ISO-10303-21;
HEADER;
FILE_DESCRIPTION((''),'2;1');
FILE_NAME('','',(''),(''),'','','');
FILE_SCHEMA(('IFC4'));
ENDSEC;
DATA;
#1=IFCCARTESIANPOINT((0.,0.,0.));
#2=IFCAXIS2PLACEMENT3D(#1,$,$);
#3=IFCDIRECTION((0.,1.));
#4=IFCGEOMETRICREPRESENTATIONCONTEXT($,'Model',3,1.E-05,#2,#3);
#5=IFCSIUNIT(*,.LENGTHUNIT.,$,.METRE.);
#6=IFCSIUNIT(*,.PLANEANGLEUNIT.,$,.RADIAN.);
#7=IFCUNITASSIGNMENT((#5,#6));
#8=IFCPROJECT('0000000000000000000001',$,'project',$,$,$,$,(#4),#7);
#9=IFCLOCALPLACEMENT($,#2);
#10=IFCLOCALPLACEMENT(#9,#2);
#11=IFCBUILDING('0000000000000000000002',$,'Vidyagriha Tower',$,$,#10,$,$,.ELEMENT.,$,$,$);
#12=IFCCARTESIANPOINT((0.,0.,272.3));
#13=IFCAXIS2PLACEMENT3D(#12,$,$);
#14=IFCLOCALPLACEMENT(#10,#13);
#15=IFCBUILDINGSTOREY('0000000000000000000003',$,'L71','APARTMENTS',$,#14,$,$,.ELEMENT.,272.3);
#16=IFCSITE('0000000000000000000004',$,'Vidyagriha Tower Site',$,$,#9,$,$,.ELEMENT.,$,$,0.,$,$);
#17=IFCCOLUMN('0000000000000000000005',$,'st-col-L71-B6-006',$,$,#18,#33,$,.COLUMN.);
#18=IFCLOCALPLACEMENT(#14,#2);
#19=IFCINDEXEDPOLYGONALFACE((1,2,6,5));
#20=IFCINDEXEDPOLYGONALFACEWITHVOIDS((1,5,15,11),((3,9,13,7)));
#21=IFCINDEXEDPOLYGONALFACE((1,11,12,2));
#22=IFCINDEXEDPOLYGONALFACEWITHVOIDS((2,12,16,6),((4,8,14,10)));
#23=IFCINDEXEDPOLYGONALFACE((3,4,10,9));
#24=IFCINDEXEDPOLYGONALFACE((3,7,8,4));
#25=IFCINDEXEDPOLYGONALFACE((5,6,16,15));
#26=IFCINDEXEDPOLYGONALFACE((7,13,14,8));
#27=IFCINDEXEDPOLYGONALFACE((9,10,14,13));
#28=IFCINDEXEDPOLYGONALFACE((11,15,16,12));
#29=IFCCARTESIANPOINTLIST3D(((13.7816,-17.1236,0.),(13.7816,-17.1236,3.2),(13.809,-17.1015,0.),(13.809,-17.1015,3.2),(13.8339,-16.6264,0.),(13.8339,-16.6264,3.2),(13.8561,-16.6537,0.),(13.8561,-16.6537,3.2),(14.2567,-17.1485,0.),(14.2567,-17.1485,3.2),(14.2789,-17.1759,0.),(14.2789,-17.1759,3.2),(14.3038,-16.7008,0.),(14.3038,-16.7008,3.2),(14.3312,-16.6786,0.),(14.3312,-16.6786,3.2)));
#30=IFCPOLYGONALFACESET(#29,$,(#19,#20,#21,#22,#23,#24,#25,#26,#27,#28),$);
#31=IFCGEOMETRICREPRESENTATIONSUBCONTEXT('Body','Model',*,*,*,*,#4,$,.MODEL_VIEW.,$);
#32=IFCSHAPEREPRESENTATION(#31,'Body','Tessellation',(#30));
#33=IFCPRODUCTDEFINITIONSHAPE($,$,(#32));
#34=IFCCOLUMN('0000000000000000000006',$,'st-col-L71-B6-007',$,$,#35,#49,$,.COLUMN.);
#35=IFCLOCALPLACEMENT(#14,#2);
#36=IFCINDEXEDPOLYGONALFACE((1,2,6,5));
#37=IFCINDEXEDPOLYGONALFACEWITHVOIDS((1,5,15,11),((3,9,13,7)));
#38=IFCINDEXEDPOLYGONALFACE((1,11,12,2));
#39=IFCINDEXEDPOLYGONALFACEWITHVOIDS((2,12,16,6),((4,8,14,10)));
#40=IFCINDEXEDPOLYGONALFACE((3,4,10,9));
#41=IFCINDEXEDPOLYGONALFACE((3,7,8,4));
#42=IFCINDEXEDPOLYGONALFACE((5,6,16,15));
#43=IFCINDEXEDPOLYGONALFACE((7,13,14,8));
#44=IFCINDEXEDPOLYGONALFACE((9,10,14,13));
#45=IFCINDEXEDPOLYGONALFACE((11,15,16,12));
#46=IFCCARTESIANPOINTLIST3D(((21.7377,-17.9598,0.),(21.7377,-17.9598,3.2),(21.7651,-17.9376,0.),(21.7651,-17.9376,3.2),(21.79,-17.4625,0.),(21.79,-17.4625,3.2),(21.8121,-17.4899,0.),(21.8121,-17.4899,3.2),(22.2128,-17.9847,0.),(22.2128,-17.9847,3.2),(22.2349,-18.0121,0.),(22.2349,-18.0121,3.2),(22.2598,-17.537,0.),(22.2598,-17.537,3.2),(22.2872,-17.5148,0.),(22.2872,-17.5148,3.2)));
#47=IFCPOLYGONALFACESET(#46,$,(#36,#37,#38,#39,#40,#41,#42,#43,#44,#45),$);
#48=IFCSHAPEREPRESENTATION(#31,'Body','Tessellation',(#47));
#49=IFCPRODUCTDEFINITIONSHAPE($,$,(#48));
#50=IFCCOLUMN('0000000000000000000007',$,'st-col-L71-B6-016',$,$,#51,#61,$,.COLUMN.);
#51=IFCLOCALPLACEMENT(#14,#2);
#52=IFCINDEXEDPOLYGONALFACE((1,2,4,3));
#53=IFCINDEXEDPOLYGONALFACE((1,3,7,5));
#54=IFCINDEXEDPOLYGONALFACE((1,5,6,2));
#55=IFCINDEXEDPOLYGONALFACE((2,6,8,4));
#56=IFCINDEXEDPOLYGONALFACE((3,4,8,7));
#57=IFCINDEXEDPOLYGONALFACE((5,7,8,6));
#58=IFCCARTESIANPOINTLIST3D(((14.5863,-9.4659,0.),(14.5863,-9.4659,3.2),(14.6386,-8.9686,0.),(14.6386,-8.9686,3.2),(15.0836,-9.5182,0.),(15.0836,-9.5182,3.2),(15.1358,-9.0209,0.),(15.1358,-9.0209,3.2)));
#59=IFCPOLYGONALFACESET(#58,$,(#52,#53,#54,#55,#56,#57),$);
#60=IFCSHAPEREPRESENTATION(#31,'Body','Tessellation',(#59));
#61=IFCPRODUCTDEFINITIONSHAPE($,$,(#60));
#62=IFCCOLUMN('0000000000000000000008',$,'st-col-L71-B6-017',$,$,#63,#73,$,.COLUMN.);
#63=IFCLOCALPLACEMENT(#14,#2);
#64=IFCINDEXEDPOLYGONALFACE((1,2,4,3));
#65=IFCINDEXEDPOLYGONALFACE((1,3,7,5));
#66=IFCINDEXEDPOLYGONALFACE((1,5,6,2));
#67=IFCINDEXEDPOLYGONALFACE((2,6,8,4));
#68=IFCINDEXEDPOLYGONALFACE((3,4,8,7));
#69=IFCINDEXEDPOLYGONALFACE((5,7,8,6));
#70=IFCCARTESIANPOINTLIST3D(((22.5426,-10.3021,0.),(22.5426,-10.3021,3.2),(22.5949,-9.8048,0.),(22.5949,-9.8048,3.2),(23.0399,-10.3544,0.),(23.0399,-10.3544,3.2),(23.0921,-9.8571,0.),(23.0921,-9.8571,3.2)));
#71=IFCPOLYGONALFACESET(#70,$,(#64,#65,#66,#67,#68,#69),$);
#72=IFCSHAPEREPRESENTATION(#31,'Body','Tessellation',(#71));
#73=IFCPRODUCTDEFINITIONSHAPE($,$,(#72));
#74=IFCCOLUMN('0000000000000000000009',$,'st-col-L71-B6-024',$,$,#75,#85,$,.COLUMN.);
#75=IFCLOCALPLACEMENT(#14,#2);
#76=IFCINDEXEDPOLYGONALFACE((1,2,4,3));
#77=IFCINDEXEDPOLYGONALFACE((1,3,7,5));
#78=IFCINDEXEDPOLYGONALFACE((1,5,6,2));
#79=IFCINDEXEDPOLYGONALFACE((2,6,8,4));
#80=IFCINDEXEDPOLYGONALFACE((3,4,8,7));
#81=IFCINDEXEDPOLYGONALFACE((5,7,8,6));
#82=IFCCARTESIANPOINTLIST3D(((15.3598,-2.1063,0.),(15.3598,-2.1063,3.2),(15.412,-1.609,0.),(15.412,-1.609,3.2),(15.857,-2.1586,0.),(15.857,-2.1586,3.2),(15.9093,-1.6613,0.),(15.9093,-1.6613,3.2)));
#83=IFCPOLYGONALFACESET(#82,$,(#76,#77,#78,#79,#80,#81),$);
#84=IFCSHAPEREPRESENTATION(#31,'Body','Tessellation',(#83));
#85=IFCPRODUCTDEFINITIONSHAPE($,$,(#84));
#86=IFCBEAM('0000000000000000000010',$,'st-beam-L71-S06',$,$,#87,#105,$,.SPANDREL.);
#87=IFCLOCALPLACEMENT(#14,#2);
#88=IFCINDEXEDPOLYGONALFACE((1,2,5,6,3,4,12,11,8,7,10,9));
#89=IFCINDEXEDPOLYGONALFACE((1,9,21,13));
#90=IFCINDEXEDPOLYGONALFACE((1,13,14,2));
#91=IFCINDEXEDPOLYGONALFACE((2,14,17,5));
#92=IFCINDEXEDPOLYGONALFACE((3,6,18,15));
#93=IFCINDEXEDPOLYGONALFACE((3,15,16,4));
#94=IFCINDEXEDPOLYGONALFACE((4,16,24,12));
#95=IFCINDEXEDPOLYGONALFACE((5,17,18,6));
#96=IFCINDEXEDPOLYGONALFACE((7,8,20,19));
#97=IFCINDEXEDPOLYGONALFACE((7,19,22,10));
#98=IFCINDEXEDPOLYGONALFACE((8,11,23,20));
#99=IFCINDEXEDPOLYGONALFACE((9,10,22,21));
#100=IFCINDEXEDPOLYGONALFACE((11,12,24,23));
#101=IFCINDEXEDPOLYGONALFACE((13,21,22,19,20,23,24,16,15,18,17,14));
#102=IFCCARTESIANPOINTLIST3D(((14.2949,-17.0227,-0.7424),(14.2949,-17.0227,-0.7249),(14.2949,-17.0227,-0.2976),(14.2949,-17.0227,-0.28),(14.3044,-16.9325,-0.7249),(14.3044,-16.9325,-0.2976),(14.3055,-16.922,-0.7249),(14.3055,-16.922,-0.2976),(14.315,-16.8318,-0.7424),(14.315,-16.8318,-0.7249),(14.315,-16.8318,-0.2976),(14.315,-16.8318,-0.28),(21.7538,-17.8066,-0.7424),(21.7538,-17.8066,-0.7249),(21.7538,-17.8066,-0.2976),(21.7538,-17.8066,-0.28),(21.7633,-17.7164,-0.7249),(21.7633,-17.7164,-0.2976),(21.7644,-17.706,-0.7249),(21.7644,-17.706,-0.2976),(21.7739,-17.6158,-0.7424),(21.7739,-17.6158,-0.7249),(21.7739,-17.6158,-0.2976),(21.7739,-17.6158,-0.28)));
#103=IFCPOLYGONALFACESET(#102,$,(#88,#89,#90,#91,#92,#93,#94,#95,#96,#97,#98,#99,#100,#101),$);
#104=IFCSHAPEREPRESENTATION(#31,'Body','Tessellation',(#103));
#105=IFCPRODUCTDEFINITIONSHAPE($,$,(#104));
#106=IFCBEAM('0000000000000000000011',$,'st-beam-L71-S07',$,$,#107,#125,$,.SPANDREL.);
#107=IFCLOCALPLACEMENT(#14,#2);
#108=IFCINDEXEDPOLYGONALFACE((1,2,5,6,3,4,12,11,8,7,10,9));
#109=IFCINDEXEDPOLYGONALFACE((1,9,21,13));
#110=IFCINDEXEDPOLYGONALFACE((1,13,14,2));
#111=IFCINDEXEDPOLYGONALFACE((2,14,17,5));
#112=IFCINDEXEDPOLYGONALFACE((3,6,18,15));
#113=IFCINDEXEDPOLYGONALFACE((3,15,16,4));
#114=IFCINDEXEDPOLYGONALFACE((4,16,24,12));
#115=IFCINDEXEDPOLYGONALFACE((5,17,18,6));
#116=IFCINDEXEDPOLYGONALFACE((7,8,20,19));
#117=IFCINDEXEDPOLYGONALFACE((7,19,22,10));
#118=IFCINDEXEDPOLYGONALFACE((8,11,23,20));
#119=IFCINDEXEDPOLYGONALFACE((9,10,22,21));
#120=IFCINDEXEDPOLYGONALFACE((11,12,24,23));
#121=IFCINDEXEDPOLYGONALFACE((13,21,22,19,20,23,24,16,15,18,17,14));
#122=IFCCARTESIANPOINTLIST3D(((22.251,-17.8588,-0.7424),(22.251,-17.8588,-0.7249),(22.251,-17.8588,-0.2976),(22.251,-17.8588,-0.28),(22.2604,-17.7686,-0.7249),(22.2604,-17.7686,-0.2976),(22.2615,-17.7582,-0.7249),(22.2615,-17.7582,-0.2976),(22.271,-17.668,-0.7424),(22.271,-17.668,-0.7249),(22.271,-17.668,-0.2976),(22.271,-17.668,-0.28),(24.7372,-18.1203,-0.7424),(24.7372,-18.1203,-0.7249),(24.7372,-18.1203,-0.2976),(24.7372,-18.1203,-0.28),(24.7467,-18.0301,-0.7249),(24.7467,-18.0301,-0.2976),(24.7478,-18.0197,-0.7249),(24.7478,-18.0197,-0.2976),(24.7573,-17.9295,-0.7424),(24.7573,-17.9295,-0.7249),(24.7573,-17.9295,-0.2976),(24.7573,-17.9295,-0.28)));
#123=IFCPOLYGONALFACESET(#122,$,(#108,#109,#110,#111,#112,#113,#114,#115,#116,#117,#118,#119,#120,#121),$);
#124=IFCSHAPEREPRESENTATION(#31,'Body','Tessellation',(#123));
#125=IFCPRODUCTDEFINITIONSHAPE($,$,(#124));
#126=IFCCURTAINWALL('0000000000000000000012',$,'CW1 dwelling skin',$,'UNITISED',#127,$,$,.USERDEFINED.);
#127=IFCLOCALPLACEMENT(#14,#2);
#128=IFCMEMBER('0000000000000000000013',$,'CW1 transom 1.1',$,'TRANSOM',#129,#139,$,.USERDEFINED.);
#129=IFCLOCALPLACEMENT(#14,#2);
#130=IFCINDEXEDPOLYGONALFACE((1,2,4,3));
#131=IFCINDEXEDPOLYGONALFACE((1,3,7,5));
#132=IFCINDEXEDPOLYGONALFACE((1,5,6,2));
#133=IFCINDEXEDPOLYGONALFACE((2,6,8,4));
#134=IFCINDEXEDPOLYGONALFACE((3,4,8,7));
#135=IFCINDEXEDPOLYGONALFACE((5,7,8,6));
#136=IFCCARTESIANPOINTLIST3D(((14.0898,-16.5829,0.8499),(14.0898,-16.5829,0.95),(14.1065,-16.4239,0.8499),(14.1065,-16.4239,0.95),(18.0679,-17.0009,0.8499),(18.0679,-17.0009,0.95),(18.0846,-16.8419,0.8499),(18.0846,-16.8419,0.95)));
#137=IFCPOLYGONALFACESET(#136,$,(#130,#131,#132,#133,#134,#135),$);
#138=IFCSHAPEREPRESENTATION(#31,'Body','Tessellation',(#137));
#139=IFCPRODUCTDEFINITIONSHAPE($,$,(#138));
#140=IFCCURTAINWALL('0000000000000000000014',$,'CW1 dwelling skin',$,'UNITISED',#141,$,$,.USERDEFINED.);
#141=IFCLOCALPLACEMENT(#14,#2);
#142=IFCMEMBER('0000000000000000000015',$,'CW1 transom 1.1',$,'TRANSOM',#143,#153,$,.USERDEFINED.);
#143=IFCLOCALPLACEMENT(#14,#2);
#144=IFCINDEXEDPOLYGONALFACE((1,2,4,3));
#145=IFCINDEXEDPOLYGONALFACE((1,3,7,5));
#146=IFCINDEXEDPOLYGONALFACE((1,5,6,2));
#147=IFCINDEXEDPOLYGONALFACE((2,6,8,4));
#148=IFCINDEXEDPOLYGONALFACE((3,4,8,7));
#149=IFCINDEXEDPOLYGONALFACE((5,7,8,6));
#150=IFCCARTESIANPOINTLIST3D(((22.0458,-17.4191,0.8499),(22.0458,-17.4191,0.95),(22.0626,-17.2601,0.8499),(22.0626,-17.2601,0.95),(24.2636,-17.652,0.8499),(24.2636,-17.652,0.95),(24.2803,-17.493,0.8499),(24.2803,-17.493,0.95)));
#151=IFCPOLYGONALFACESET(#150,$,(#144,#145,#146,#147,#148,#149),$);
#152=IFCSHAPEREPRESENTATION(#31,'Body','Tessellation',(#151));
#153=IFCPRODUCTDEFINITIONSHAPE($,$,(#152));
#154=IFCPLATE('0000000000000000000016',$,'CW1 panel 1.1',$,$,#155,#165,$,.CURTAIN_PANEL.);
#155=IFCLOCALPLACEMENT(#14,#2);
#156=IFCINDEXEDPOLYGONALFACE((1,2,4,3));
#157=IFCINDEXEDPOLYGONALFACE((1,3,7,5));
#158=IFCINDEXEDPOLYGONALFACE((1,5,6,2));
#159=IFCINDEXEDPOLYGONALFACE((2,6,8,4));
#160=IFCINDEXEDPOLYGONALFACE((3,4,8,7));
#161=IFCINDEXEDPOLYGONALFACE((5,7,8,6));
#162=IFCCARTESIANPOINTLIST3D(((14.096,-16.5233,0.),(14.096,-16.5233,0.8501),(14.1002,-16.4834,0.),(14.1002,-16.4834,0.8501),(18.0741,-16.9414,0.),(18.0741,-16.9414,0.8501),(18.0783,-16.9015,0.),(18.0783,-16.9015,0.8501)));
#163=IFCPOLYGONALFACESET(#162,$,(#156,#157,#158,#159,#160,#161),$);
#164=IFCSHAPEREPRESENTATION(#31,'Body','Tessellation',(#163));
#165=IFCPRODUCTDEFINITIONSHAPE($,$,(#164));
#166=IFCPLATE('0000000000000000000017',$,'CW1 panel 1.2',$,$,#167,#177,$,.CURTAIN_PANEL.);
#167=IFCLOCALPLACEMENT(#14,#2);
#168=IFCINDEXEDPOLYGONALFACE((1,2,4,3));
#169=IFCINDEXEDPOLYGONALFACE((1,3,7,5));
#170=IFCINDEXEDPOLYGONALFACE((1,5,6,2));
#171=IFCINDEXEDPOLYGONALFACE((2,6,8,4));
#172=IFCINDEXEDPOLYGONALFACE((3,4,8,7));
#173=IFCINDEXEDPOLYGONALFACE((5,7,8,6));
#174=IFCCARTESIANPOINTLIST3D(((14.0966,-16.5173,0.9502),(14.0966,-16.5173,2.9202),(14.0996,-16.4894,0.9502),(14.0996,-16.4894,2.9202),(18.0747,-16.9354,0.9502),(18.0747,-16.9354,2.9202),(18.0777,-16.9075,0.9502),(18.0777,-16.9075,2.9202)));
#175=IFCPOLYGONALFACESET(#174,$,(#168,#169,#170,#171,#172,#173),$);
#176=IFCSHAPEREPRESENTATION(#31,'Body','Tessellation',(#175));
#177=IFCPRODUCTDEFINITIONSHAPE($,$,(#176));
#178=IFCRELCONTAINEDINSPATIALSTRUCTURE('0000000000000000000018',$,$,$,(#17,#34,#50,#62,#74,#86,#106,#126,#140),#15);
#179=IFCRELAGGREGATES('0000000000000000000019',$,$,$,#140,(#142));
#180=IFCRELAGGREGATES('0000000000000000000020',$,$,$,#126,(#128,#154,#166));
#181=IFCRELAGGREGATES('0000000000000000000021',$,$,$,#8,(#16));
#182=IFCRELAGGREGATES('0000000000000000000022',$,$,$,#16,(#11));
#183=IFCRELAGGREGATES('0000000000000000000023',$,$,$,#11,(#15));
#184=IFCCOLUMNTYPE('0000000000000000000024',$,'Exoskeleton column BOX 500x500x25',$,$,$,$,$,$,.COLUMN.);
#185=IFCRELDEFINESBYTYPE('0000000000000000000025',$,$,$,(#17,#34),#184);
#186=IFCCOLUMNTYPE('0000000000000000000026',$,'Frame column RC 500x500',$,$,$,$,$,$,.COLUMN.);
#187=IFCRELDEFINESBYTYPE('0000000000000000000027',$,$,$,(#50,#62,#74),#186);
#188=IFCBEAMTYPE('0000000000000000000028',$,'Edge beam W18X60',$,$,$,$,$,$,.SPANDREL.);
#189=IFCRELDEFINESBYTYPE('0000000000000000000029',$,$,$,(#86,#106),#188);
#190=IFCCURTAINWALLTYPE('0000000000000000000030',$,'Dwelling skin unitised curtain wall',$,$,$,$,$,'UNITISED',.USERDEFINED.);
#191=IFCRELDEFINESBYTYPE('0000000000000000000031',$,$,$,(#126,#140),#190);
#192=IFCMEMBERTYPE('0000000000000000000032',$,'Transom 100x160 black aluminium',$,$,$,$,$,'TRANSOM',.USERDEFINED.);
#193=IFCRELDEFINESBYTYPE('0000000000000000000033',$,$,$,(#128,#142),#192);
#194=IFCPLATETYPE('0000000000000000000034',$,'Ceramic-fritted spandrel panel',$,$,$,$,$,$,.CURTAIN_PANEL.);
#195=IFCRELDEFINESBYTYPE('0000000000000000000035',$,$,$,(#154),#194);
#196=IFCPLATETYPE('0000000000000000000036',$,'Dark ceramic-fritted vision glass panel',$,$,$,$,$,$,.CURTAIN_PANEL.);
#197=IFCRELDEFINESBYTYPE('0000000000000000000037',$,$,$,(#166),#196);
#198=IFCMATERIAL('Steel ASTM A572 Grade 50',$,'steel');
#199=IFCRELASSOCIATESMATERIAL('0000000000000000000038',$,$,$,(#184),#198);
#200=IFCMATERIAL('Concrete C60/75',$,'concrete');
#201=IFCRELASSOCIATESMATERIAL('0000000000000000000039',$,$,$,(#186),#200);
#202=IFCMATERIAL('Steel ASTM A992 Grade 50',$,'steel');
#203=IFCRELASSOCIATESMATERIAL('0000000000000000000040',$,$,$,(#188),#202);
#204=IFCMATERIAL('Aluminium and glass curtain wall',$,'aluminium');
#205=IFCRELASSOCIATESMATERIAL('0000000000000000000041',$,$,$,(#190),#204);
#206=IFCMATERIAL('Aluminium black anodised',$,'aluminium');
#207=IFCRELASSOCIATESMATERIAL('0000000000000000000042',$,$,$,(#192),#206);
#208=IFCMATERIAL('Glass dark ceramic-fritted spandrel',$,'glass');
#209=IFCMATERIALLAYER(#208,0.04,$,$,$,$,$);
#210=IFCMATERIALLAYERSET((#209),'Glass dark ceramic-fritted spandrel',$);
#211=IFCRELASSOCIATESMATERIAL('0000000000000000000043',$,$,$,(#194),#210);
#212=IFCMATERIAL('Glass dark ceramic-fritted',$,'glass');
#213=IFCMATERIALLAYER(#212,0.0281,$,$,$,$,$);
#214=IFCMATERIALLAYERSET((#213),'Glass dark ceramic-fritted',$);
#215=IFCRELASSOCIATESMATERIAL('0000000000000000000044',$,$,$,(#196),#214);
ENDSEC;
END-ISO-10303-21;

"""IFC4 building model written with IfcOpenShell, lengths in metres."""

from ifc_helpers import new_model, si_unit, direction, frame, origin, origin_2d, place, context, subcontext, project, spatial, rectangle, hollow_rectangle, i_section, extrude, material, layer, layer_set, material_profile, profile_set, type_object, element, aggregate, save


model = new_model("IFC4")

# Units and contexts
model_context = context("Model", 3, precision=1e-05, world=origin(), true_north=direction((0.0, 1.0)))
body_context = subcontext(model_context, "Body", "Model", "MODEL_VIEW")
ifc_project = project(units=[si_unit("LENGTHUNIT", "METRE"), si_unit("PLANEANGLEUNIT", "RADIAN")], contexts=[model_context])

# Site, building, storey
site_placement = place(None, origin())
site = spatial("IfcSite", under=ifc_project, at=site_placement, Name="Vidyagriha Tower Site", CompositionType="ELEMENT", RefElevation=0.0)
building_placement = place(site_placement, origin())
building = spatial("IfcBuilding", under=site, at=building_placement, Name="Vidyagriha Tower", CompositionType="ELEMENT")
storey_placement = place(building_placement, frame((0.0, 0.0, 272.3)))
storey = spatial("IfcBuildingStorey", under=building, at=storey_placement, Name="L71", Description="APARTMENTS", CompositionType="ELEMENT", Elevation=272.3)

# Columns
ifc_material_1 = material(Name="Steel ASTM A572 Grade 50", Category="steel")
ifc_material_profile_1 = material_profile(ifc_material_1, hollow_rectangle(XDim=0.5, YDim=0.5, WallThickness=0.0249, at=origin_2d()), Name="BOX 500x500x25")
ifc_profile_set_1 = profile_set([ifc_material_profile_1], Name="Steel ASTM A572 Grade 50")
column_type_1 = type_object("IfcColumnType", Name="Exoskeleton column BOX 500x500x25", PredefinedType="COLUMN", material=ifc_profile_set_1)
for number, where, z_axis, x_axis, name in (
    (1, (14.0564, -16.9011, 0.0), (0.0, 0.0, 1.0), (0.994522, -0.104528, 0.0), "st-col-L71-B6-006"),
    (2, (22.0125, -17.7373, 0.0), (0.0, 0.0, 1.0), (0.994522, -0.104528, 0.0), "st-col-L71-B6-007"),
):
    element("IfcColumn", number, at=place(storey_placement, frame(where, z_axis=z_axis, x_axis=x_axis)), inside=storey, type_object=column_type_1, Name=name, PredefinedType="COLUMN", context=body_context, shape_type="SweptSolid", body=[
        extrude(hollow_rectangle(XDim=0.5, YDim=0.5, WallThickness=0.0249, at=origin_2d()), origin(), (0.0, 0.0, 1.0), 3.2),
    ])
ifc_material_2 = material(Name="Concrete C60/75", Category="concrete")
ifc_material_profile_2 = material_profile(ifc_material_2, rectangle(XDim=0.5, YDim=0.5, at=origin_2d()), Name="RC 500x500")
ifc_profile_set_2 = profile_set([ifc_material_profile_2], Name="Concrete C60/75")
column_type_2 = type_object("IfcColumnType", Name="Frame column RC 500x500", PredefinedType="COLUMN", material=ifc_profile_set_2)
for number, where, z_axis, x_axis, name in (
    (3, (14.8611, -9.2434, 0.0), (0.0, 0.0, 1.0), (0.994522, -0.104528, 0.0), "st-col-L71-B6-016"),
    (4, (22.8174, -10.0796, 0.0), (0.0, 0.0, 1.0), (0.994522, -0.104528, 0.0), "st-col-L71-B6-017"),
    (5, (15.6345, -1.8838, 0.0), (0.0, 0.0, 1.0), (0.994522, -0.104528, 0.0), "st-col-L71-B6-024"),
):
    element("IfcColumn", number, at=place(storey_placement, frame(where, z_axis=z_axis, x_axis=x_axis)), inside=storey, type_object=column_type_2, Name=name, PredefinedType="COLUMN", context=body_context, shape_type="SweptSolid", body=[
        extrude(rectangle(XDim=0.5, YDim=0.5, at=origin_2d()), origin(), (0.0, 0.0, 1.0), 3.2),
    ])

# Beams
ifc_material_3 = material(Name="Steel ASTM A992 Grade 50", Category="steel")
ifc_material_profile_3 = material_profile(ifc_material_3, i_section(OverallWidth=0.1919, OverallDepth=0.4624, WebThickness=0.0105, FlangeThickness=0.0176, at=origin_2d()), Name="W18X60")
ifc_profile_set_3 = profile_set([ifc_material_profile_3], Name="Steel ASTM A992 Grade 50")
beam_type = type_object("IfcBeamType", Name="Edge beam W18X60", PredefinedType="SPANDREL", material=ifc_profile_set_3)
beam_1_placement = place(storey_placement, frame((14.3049, -16.9272, -0.5112), z_axis=(0.994522, -0.104524, 0.0), x_axis=(0.104524, 0.994522, 0.0)))
element("IfcBeam", 6, at=beam_1_placement, inside=storey, type_object=beam_type, Name="st-beam-L71-S06", PredefinedType="SPANDREL", context=body_context, shape_type="SweptSolid", body=[
    extrude(i_section(OverallWidth=0.1919, OverallDepth=0.4624, WebThickness=0.0105, FlangeThickness=0.0176, at=origin_2d()), origin(), (0.0, 0.0, 1.0), 7.5),
])
beam_2_placement = place(storey_placement, frame((22.261, -17.7634, -0.5112), z_axis=(0.994516, -0.104588, 0.0), x_axis=(0.104588, 0.994516, 0.0)))
element("IfcBeam", 7, at=beam_2_placement, inside=storey, type_object=beam_type, Name="st-beam-L71-S07", PredefinedType="SPANDREL", context=body_context, shape_type="SweptSolid", body=[
    extrude(i_section(OverallWidth=0.1919, OverallDepth=0.4624, WebThickness=0.0105, FlangeThickness=0.0176, at=origin_2d()), origin(), (0.0, 0.0, 1.0), 2.5),
])

# Curtain walls, members
ifc_material_4 = material(Name="Aluminium and glass curtain wall", Category="aluminium")
curtain_wall_type = type_object("IfcCurtainWallType", Name="Dwelling skin unitised curtain wall", ElementType="UNITISED", PredefinedType="USERDEFINED", material=ifc_material_4)
curtain_wall_1_placement = place(storey_placement, origin())
curtain_wall_1 = element("IfcCurtainWall", 8, at=curtain_wall_1_placement, inside=storey, type_object=curtain_wall_type, Name="CW1 dwelling skin", ObjectType="UNITISED", PredefinedType="USERDEFINED")
ifc_material_5 = material(Name="Aluminium black anodised", Category="aluminium")
ifc_material_profile_4 = material_profile(ifc_material_5, rectangle(XDim=0.1599, YDim=0.1001, at=origin_2d()), Name="Transom 100x160 black aluminium")
ifc_profile_set_4 = profile_set([ifc_material_profile_4], Name="Aluminium black anodised")
member_type = type_object("IfcMemberType", Name="Transom 100x160 black aluminium", ElementType="TRANSOM", PredefinedType="USERDEFINED", material=ifc_profile_set_4)
member_1_placement = place(storey_placement, frame((14.0981, -16.5034, 0.8999), z_axis=(0.994526, -0.104494, 0.0), x_axis=(0.104494, 0.994526, 0.0)))
member_1 = element("IfcMember", 9, at=member_1_placement, type_object=member_type, Name="CW1 transom 1.1", ObjectType="TRANSOM", PredefinedType="USERDEFINED", context=body_context, shape_type="SweptSolid", body=[
    extrude(rectangle(XDim=0.1599, YDim=0.1001, at=origin_2d()), origin(), (0.0, 0.0, 1.0), 4.0),
])
curtain_wall_2_placement = place(storey_placement, origin())
curtain_wall_2 = element("IfcCurtainWall", 10, at=curtain_wall_2_placement, inside=storey, type_object=curtain_wall_type, Name="CW1 dwelling skin", ObjectType="UNITISED", PredefinedType="USERDEFINED")
member_2_placement = place(storey_placement, frame((22.0542, -17.3396, 0.8999), z_axis=(0.994531, -0.104445, 0.0), x_axis=(0.104445, 0.994531, 0.0)))
member_2 = element("IfcMember", 11, at=member_2_placement, type_object=member_type, Name="CW1 transom 1.1", ObjectType="TRANSOM", PredefinedType="USERDEFINED", context=body_context, shape_type="SweptSolid", body=[
    extrude(rectangle(XDim=0.1599, YDim=0.1001, at=origin_2d()), origin(), (0.0, 0.0, 1.0), 2.23),
])
aggregate(curtain_wall_2, [member_2])

# Plates
ifc_material_6 = material(Name="Glass dark ceramic-fritted spandrel", Category="glass")
ifc_layer_1 = layer(ifc_material_6, 0.04)
ifc_layer_set_1 = layer_set([ifc_layer_1], Name="Glass dark ceramic-fritted spandrel")
plate_type_1 = type_object("IfcPlateType", Name="Ceramic-fritted spandrel panel", PredefinedType="CURTAIN_PANEL", material=ifc_layer_set_1)
plate_1_placement = place(storey_placement, frame((16.0872, -16.7124, 0.0), z_axis=(0.0, 0.0, 1.0), x_axis=(0.994522, -0.104525, 0.0)))
plate_1 = element("IfcPlate", 12, at=plate_1_placement, type_object=plate_type_1, Name="CW1 panel 1.1", PredefinedType="CURTAIN_PANEL", context=body_context, shape_type="SweptSolid", body=[
    extrude(rectangle(XDim=4.0, YDim=0.04, at=origin_2d()), origin(), (0.0, 0.0, 1.0), 0.8501),
])
ifc_material_7 = material(Name="Glass dark ceramic-fritted", Category="glass")
ifc_layer_2 = layer(ifc_material_7, 0.0281)
ifc_layer_set_2 = layer_set([ifc_layer_2], Name="Glass dark ceramic-fritted")
plate_type_2 = type_object("IfcPlateType", Name="Dark ceramic-fritted vision glass panel", PredefinedType="CURTAIN_PANEL", material=ifc_layer_set_2)
plate_2_placement = place(storey_placement, frame((16.0872, -16.7124, 0.9502), z_axis=(0.0, 0.0, 1.0), x_axis=(0.994522, -0.104525, 0.0)))
plate_2 = element("IfcPlate", 13, at=plate_2_placement, type_object=plate_type_2, Name="CW1 panel 1.2", PredefinedType="CURTAIN_PANEL", context=body_context, shape_type="SweptSolid", body=[
    extrude(rectangle(XDim=4.0, YDim=0.0281, at=origin_2d()), origin(), (0.0, 0.0, 1.0), 1.97),
])
aggregate(curtain_wall_1, [member_1, plate_1, plate_2])

save(model, "model.ifc")
